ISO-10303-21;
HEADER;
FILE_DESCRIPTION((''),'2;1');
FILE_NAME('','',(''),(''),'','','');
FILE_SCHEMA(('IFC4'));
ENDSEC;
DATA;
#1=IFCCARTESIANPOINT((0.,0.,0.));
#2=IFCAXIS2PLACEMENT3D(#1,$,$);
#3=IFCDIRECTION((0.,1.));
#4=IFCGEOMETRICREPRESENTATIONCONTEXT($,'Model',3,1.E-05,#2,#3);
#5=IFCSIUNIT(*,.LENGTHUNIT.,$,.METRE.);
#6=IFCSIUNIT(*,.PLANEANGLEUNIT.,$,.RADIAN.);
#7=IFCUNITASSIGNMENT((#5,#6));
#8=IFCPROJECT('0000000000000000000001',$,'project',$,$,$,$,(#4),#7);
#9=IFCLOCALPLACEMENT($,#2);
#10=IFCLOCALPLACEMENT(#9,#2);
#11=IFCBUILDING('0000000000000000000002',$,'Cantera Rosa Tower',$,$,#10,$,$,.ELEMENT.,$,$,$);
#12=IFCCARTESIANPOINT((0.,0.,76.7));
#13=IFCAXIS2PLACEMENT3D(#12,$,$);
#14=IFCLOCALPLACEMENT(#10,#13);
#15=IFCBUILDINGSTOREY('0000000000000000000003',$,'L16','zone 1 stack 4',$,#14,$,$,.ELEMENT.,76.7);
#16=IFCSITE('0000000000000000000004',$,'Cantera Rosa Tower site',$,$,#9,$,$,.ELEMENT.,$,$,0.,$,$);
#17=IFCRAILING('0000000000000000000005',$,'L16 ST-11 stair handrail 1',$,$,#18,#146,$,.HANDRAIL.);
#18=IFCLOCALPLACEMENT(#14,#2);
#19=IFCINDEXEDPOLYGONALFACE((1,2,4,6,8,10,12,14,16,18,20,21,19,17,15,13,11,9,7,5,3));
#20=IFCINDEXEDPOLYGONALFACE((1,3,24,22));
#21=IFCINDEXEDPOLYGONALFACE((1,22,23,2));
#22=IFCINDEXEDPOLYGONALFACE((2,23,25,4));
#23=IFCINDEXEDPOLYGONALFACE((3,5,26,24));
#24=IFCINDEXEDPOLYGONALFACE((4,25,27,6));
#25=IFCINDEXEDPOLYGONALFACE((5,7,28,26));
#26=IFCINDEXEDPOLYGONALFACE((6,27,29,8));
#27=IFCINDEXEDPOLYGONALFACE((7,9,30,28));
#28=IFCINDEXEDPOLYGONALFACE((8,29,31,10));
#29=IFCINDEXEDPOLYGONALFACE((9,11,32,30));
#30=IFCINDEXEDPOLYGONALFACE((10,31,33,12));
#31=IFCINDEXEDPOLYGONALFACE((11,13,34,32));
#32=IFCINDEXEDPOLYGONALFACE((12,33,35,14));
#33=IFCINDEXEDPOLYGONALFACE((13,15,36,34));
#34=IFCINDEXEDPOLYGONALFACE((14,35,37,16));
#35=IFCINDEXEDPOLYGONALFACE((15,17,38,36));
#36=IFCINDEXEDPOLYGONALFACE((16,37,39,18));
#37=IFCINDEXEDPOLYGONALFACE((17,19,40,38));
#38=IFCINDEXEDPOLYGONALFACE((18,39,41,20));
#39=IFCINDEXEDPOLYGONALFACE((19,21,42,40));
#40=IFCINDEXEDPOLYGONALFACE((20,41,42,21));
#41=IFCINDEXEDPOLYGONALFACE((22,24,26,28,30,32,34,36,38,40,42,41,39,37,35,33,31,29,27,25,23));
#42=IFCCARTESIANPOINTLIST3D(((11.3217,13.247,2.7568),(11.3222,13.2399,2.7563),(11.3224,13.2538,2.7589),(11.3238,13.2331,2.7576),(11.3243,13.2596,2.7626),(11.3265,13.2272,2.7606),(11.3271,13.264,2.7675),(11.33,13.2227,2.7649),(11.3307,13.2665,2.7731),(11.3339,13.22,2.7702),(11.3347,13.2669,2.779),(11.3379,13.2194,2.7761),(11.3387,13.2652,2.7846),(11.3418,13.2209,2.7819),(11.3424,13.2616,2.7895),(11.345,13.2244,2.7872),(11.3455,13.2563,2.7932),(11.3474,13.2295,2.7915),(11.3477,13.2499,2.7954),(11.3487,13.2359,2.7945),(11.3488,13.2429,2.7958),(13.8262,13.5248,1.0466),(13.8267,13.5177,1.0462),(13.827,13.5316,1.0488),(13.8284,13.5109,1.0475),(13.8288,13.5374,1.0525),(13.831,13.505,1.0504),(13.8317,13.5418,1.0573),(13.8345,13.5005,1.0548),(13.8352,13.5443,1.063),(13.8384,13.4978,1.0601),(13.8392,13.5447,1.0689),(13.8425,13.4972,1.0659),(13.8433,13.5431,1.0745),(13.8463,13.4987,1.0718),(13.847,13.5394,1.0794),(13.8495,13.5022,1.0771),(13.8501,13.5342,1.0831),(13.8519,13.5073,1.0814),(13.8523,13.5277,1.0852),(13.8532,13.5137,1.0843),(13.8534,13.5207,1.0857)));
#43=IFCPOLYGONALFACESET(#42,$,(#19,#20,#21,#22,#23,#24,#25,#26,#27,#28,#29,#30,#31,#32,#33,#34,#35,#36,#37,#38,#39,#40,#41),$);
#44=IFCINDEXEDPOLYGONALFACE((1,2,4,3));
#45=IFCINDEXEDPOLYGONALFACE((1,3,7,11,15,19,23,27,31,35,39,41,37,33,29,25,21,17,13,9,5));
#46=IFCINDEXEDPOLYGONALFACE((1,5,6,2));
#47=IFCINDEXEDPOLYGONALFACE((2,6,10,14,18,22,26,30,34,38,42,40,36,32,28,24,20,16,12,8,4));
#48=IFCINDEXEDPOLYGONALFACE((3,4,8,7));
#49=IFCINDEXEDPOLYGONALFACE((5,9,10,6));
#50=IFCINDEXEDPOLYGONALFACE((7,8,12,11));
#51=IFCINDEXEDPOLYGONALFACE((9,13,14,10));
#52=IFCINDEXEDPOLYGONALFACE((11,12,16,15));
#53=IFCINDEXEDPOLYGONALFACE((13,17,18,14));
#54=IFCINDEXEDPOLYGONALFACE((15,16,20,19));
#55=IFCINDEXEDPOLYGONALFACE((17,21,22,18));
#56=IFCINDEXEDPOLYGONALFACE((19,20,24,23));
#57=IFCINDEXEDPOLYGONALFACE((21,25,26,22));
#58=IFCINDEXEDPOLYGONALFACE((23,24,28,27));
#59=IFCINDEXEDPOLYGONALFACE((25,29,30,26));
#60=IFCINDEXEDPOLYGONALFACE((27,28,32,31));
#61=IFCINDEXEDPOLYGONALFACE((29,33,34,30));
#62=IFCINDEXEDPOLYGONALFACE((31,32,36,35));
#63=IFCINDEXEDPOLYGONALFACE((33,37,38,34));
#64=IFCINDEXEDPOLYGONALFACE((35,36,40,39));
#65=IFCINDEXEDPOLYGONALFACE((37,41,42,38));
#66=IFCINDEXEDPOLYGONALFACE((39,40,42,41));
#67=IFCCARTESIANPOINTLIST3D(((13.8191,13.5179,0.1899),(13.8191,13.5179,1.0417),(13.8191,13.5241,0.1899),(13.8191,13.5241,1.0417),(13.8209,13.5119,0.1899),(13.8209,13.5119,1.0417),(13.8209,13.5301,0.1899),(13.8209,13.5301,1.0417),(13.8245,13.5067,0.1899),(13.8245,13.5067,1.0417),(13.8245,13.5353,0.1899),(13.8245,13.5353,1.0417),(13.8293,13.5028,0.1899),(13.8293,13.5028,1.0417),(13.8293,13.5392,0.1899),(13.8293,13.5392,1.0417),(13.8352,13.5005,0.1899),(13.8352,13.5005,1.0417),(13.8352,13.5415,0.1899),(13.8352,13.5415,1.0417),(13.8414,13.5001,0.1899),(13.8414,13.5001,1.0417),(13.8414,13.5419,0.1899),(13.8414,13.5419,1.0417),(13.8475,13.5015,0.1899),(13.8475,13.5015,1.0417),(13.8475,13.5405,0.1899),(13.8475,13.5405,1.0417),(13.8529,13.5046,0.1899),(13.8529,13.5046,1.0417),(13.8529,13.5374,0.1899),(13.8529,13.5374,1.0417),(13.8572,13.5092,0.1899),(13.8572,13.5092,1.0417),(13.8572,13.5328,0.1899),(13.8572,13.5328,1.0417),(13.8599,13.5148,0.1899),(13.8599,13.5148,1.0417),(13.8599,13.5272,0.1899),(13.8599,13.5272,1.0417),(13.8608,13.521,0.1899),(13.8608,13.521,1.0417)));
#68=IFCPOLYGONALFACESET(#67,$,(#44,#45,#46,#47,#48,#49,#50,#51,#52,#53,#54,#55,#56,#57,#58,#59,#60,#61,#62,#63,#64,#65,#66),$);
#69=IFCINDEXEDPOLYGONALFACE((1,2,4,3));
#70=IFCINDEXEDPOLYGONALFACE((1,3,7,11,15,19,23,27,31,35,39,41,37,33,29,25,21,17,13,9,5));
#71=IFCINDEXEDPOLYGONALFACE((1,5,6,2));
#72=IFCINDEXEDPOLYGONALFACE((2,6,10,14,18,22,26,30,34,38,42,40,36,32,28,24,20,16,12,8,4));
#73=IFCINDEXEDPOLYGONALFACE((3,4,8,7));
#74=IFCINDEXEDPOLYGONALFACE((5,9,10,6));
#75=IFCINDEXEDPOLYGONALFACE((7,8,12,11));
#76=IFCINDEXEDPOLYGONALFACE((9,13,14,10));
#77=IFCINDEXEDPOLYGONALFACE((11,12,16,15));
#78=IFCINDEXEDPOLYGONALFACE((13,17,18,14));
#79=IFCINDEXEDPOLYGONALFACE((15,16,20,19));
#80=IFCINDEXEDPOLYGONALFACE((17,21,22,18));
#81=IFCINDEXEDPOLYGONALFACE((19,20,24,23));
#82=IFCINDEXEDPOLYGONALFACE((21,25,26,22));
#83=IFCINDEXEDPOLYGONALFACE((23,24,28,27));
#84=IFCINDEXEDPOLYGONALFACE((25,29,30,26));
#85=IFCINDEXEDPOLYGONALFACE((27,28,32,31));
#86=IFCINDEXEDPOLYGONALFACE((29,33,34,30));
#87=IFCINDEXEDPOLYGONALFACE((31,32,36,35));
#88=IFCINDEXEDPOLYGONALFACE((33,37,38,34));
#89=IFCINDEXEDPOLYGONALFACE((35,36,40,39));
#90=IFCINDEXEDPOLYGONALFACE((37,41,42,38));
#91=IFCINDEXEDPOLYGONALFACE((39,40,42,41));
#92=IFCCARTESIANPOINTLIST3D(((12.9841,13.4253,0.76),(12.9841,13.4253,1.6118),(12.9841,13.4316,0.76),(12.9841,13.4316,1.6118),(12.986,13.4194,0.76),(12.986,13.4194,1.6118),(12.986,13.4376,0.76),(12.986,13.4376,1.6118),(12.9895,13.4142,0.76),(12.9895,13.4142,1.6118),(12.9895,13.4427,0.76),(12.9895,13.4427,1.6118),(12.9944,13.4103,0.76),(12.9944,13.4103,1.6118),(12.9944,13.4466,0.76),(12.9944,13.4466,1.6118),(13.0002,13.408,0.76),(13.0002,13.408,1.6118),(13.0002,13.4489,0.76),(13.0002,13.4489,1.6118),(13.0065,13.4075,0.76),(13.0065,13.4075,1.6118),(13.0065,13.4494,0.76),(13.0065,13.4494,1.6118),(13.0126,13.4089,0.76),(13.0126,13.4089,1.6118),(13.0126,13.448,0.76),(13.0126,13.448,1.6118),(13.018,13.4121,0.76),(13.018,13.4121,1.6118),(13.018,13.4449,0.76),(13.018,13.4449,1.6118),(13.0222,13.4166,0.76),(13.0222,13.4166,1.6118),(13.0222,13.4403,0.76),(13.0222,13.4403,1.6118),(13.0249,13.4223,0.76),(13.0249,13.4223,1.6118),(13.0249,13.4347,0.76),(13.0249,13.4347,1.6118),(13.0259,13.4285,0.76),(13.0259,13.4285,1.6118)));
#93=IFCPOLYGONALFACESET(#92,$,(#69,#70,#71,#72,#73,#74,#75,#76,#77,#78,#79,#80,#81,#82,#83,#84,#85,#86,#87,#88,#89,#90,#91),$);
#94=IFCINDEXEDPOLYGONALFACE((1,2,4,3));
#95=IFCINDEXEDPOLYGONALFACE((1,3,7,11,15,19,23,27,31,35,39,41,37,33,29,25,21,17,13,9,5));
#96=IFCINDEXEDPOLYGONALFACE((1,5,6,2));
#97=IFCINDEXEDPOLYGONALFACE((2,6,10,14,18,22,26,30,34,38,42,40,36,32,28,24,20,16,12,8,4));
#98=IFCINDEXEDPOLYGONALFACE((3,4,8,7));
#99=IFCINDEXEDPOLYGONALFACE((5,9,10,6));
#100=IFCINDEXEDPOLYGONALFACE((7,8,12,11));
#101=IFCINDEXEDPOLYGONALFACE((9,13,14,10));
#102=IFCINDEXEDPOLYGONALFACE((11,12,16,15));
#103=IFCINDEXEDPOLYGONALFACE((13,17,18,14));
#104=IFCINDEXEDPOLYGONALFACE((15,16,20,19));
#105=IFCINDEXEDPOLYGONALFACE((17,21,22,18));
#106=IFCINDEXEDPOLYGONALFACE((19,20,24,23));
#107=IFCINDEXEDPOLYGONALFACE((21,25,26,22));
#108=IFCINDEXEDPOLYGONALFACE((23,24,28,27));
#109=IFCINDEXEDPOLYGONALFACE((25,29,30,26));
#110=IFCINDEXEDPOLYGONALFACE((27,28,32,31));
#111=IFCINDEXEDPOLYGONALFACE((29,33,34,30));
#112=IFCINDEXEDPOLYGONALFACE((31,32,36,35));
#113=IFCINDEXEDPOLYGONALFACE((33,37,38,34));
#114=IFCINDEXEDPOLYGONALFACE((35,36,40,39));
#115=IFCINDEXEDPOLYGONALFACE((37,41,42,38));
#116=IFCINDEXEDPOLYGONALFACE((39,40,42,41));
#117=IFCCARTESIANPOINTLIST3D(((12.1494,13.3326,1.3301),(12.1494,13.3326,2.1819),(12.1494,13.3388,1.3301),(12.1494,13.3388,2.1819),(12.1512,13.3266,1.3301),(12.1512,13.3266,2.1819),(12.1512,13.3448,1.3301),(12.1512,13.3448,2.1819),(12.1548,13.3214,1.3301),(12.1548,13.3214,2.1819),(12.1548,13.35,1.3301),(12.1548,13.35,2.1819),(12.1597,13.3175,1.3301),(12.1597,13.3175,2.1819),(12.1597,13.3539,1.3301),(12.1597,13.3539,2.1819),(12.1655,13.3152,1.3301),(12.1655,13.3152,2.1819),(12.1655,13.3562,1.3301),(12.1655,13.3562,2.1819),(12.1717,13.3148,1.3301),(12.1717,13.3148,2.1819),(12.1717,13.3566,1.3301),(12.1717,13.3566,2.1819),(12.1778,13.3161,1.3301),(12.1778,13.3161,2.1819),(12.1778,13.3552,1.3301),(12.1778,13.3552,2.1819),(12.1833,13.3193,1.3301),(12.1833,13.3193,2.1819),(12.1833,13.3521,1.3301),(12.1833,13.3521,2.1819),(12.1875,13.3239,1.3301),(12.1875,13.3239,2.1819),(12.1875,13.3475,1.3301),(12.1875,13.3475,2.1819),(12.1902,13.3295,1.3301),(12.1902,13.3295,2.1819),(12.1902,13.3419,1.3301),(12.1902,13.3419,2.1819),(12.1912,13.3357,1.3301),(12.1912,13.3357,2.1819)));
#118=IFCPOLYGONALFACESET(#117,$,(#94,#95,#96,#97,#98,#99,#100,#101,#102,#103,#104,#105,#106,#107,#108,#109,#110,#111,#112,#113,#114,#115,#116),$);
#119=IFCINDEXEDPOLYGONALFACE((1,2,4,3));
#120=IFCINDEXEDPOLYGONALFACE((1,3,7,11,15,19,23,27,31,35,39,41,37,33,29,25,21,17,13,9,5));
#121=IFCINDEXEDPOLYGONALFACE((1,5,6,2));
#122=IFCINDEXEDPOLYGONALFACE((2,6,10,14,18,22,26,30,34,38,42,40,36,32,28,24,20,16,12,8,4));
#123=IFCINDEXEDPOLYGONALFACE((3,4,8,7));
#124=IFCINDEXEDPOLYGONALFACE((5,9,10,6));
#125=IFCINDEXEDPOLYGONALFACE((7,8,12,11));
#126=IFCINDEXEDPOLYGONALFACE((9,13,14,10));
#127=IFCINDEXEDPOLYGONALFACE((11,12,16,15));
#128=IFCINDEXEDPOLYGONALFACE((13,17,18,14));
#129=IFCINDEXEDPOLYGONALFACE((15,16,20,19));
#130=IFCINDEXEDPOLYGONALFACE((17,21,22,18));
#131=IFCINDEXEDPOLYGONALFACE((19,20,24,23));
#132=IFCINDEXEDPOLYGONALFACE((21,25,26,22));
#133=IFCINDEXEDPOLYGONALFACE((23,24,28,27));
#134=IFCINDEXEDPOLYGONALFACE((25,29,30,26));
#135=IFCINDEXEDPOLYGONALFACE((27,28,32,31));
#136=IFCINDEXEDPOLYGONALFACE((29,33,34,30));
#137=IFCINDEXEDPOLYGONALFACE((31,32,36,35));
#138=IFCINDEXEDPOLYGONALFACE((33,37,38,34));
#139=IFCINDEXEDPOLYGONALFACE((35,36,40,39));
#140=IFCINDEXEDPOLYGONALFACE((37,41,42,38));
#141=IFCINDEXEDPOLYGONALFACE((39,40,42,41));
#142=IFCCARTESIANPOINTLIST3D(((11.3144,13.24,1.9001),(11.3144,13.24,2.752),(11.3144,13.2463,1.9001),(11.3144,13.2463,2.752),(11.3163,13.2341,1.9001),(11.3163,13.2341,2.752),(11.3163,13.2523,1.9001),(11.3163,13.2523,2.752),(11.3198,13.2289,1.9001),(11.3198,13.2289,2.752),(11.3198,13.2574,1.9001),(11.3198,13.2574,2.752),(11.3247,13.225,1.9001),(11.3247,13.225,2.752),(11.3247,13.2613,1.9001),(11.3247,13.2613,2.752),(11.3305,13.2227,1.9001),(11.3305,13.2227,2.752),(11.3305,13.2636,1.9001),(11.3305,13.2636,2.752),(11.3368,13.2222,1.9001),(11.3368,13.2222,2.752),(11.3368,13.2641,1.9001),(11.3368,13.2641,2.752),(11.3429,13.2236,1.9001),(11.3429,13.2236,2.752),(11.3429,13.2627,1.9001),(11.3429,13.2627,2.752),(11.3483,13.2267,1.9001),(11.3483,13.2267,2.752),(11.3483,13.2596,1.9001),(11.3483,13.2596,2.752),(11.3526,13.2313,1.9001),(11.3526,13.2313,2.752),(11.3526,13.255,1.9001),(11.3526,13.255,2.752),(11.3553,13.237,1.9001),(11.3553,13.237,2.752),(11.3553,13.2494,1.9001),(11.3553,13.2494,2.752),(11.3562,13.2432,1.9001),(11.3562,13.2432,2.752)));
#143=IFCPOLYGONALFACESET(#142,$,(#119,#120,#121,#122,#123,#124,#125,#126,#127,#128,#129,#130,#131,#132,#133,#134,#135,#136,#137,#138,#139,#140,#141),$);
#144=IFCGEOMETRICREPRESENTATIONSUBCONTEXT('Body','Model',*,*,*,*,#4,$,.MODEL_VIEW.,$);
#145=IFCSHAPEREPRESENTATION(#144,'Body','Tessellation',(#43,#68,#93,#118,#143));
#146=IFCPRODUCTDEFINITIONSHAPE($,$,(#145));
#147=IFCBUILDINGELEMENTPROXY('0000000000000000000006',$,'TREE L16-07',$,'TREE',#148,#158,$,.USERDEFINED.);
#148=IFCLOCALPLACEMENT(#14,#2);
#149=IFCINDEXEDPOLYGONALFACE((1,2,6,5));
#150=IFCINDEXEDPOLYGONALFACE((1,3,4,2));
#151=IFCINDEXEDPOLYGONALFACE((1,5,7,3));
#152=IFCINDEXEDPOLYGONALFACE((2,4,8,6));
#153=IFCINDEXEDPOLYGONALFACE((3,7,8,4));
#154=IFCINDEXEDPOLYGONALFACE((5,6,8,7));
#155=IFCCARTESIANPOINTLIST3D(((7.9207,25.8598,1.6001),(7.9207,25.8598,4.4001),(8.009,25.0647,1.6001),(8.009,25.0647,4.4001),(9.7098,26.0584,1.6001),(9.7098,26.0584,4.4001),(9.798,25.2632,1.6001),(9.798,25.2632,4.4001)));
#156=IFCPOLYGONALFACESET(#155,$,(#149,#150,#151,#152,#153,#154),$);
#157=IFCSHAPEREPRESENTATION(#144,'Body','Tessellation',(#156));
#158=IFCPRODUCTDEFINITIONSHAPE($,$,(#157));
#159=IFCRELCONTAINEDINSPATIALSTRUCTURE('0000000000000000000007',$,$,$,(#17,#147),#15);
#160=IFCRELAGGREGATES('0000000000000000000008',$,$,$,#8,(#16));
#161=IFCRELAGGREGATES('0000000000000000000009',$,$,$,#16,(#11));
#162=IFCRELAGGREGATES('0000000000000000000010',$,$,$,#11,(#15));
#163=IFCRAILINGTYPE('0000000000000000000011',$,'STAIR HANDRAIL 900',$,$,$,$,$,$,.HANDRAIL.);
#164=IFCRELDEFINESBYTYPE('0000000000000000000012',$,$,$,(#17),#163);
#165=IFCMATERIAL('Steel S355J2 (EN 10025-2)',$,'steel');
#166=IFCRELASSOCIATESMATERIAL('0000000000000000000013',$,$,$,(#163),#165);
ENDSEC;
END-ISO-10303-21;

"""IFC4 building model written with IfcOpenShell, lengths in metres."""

from ifc_helpers import new_model, si_unit, direction, frame, origin, origin_2d, place, context, subcontext, project, spatial, rectangle, circle, extrude, material, type_object, element, save


model = new_model("IFC4")

# Units and contexts
model_context = context("Model", 3, precision=1e-05, world=origin(), true_north=direction((0.0, 1.0)))
body_context = subcontext(model_context, "Body", "Model", "MODEL_VIEW")
ifc_project = project(units=[si_unit("LENGTHUNIT", "METRE"), si_unit("PLANEANGLEUNIT", "RADIAN")], contexts=[model_context])

# Site, building, storey
site_placement = place(None, origin())
site = spatial("IfcSite", under=ifc_project, at=site_placement, Name="Cantera Rosa Tower site", CompositionType="ELEMENT", RefElevation=0.0)
building_placement = place(site_placement, origin())
building = spatial("IfcBuilding", under=site, at=building_placement, Name="Cantera Rosa Tower", CompositionType="ELEMENT")
storey_placement = place(building_placement, frame((0.0, 0.0, 76.7)))
storey = spatial("IfcBuildingStorey", under=building, at=storey_placement, Name="L16", Description="zone 1 stack 4", CompositionType="ELEMENT", Elevation=76.7)

# Railing
ifc_material_1 = material(Name="Steel S355J2 (EN 10025-2)", Category="steel")
railing_type_1 = type_object("IfcRailingType", Name="STAIR HANDRAIL 900", PredefinedType="HANDRAIL", material=ifc_material_1)
railing_1_placement = place(storey_placement, frame((13.8398, 13.521, 0.1899)))
element("IfcRailing", 1, at=railing_1_placement, inside=storey, type_object=railing_type_1, Name="L16 ST-11 stair handrail 1", PredefinedType="HANDRAIL", context=body_context, shape_type="SweptSolid", body=[
    extrude(circle(Radius=0.0239, at=origin_2d()), frame((0.0, 0.0, 0.876), z_axis=(-0.8224, -0.091226, 0.561547), x_axis=(0.110251, -0.993904, 0.0)), (0.0, 0.0, 1.0), 3.0454),
    extrude(circle(Radius=0.021, at=origin_2d()), origin(), (0.0, 0.0, 1.0), 0.8518),
    extrude(circle(Radius=0.021, at=origin_2d()), frame((-0.835, -0.0925, 0.5701)), (0.0, 0.0, 1.0), 0.8518),
    extrude(circle(Radius=0.021, at=origin_2d()), frame((-1.6697, -0.1853, 1.1401)), (0.0, 0.0, 1.0), 0.8518),
    extrude(circle(Radius=0.021, at=origin_2d()), frame((-2.5046, -0.2778, 1.7102)), (0.0, 0.0, 1.0), 0.8518),
])

# Building element proxy
proxy_placement = place(storey_placement, frame((8.8594, 25.5615, 1.6001), z_axis=(0.0, 0.0, 1.0), x_axis=(-0.993897, -0.110313, 0.0)))
element("IfcBuildingElementProxy", 2, at=proxy_placement, inside=storey, Name="TREE L16-07", ObjectType="TREE", PredefinedType="USERDEFINED", context=body_context, shape_type="SweptSolid", body=[
    extrude(rectangle(XDim=1.8, YDim=0.8, at=origin_2d()), origin(), (0.0, 0.0, 1.0), 2.8),
])

save(model, "model.ifc")
